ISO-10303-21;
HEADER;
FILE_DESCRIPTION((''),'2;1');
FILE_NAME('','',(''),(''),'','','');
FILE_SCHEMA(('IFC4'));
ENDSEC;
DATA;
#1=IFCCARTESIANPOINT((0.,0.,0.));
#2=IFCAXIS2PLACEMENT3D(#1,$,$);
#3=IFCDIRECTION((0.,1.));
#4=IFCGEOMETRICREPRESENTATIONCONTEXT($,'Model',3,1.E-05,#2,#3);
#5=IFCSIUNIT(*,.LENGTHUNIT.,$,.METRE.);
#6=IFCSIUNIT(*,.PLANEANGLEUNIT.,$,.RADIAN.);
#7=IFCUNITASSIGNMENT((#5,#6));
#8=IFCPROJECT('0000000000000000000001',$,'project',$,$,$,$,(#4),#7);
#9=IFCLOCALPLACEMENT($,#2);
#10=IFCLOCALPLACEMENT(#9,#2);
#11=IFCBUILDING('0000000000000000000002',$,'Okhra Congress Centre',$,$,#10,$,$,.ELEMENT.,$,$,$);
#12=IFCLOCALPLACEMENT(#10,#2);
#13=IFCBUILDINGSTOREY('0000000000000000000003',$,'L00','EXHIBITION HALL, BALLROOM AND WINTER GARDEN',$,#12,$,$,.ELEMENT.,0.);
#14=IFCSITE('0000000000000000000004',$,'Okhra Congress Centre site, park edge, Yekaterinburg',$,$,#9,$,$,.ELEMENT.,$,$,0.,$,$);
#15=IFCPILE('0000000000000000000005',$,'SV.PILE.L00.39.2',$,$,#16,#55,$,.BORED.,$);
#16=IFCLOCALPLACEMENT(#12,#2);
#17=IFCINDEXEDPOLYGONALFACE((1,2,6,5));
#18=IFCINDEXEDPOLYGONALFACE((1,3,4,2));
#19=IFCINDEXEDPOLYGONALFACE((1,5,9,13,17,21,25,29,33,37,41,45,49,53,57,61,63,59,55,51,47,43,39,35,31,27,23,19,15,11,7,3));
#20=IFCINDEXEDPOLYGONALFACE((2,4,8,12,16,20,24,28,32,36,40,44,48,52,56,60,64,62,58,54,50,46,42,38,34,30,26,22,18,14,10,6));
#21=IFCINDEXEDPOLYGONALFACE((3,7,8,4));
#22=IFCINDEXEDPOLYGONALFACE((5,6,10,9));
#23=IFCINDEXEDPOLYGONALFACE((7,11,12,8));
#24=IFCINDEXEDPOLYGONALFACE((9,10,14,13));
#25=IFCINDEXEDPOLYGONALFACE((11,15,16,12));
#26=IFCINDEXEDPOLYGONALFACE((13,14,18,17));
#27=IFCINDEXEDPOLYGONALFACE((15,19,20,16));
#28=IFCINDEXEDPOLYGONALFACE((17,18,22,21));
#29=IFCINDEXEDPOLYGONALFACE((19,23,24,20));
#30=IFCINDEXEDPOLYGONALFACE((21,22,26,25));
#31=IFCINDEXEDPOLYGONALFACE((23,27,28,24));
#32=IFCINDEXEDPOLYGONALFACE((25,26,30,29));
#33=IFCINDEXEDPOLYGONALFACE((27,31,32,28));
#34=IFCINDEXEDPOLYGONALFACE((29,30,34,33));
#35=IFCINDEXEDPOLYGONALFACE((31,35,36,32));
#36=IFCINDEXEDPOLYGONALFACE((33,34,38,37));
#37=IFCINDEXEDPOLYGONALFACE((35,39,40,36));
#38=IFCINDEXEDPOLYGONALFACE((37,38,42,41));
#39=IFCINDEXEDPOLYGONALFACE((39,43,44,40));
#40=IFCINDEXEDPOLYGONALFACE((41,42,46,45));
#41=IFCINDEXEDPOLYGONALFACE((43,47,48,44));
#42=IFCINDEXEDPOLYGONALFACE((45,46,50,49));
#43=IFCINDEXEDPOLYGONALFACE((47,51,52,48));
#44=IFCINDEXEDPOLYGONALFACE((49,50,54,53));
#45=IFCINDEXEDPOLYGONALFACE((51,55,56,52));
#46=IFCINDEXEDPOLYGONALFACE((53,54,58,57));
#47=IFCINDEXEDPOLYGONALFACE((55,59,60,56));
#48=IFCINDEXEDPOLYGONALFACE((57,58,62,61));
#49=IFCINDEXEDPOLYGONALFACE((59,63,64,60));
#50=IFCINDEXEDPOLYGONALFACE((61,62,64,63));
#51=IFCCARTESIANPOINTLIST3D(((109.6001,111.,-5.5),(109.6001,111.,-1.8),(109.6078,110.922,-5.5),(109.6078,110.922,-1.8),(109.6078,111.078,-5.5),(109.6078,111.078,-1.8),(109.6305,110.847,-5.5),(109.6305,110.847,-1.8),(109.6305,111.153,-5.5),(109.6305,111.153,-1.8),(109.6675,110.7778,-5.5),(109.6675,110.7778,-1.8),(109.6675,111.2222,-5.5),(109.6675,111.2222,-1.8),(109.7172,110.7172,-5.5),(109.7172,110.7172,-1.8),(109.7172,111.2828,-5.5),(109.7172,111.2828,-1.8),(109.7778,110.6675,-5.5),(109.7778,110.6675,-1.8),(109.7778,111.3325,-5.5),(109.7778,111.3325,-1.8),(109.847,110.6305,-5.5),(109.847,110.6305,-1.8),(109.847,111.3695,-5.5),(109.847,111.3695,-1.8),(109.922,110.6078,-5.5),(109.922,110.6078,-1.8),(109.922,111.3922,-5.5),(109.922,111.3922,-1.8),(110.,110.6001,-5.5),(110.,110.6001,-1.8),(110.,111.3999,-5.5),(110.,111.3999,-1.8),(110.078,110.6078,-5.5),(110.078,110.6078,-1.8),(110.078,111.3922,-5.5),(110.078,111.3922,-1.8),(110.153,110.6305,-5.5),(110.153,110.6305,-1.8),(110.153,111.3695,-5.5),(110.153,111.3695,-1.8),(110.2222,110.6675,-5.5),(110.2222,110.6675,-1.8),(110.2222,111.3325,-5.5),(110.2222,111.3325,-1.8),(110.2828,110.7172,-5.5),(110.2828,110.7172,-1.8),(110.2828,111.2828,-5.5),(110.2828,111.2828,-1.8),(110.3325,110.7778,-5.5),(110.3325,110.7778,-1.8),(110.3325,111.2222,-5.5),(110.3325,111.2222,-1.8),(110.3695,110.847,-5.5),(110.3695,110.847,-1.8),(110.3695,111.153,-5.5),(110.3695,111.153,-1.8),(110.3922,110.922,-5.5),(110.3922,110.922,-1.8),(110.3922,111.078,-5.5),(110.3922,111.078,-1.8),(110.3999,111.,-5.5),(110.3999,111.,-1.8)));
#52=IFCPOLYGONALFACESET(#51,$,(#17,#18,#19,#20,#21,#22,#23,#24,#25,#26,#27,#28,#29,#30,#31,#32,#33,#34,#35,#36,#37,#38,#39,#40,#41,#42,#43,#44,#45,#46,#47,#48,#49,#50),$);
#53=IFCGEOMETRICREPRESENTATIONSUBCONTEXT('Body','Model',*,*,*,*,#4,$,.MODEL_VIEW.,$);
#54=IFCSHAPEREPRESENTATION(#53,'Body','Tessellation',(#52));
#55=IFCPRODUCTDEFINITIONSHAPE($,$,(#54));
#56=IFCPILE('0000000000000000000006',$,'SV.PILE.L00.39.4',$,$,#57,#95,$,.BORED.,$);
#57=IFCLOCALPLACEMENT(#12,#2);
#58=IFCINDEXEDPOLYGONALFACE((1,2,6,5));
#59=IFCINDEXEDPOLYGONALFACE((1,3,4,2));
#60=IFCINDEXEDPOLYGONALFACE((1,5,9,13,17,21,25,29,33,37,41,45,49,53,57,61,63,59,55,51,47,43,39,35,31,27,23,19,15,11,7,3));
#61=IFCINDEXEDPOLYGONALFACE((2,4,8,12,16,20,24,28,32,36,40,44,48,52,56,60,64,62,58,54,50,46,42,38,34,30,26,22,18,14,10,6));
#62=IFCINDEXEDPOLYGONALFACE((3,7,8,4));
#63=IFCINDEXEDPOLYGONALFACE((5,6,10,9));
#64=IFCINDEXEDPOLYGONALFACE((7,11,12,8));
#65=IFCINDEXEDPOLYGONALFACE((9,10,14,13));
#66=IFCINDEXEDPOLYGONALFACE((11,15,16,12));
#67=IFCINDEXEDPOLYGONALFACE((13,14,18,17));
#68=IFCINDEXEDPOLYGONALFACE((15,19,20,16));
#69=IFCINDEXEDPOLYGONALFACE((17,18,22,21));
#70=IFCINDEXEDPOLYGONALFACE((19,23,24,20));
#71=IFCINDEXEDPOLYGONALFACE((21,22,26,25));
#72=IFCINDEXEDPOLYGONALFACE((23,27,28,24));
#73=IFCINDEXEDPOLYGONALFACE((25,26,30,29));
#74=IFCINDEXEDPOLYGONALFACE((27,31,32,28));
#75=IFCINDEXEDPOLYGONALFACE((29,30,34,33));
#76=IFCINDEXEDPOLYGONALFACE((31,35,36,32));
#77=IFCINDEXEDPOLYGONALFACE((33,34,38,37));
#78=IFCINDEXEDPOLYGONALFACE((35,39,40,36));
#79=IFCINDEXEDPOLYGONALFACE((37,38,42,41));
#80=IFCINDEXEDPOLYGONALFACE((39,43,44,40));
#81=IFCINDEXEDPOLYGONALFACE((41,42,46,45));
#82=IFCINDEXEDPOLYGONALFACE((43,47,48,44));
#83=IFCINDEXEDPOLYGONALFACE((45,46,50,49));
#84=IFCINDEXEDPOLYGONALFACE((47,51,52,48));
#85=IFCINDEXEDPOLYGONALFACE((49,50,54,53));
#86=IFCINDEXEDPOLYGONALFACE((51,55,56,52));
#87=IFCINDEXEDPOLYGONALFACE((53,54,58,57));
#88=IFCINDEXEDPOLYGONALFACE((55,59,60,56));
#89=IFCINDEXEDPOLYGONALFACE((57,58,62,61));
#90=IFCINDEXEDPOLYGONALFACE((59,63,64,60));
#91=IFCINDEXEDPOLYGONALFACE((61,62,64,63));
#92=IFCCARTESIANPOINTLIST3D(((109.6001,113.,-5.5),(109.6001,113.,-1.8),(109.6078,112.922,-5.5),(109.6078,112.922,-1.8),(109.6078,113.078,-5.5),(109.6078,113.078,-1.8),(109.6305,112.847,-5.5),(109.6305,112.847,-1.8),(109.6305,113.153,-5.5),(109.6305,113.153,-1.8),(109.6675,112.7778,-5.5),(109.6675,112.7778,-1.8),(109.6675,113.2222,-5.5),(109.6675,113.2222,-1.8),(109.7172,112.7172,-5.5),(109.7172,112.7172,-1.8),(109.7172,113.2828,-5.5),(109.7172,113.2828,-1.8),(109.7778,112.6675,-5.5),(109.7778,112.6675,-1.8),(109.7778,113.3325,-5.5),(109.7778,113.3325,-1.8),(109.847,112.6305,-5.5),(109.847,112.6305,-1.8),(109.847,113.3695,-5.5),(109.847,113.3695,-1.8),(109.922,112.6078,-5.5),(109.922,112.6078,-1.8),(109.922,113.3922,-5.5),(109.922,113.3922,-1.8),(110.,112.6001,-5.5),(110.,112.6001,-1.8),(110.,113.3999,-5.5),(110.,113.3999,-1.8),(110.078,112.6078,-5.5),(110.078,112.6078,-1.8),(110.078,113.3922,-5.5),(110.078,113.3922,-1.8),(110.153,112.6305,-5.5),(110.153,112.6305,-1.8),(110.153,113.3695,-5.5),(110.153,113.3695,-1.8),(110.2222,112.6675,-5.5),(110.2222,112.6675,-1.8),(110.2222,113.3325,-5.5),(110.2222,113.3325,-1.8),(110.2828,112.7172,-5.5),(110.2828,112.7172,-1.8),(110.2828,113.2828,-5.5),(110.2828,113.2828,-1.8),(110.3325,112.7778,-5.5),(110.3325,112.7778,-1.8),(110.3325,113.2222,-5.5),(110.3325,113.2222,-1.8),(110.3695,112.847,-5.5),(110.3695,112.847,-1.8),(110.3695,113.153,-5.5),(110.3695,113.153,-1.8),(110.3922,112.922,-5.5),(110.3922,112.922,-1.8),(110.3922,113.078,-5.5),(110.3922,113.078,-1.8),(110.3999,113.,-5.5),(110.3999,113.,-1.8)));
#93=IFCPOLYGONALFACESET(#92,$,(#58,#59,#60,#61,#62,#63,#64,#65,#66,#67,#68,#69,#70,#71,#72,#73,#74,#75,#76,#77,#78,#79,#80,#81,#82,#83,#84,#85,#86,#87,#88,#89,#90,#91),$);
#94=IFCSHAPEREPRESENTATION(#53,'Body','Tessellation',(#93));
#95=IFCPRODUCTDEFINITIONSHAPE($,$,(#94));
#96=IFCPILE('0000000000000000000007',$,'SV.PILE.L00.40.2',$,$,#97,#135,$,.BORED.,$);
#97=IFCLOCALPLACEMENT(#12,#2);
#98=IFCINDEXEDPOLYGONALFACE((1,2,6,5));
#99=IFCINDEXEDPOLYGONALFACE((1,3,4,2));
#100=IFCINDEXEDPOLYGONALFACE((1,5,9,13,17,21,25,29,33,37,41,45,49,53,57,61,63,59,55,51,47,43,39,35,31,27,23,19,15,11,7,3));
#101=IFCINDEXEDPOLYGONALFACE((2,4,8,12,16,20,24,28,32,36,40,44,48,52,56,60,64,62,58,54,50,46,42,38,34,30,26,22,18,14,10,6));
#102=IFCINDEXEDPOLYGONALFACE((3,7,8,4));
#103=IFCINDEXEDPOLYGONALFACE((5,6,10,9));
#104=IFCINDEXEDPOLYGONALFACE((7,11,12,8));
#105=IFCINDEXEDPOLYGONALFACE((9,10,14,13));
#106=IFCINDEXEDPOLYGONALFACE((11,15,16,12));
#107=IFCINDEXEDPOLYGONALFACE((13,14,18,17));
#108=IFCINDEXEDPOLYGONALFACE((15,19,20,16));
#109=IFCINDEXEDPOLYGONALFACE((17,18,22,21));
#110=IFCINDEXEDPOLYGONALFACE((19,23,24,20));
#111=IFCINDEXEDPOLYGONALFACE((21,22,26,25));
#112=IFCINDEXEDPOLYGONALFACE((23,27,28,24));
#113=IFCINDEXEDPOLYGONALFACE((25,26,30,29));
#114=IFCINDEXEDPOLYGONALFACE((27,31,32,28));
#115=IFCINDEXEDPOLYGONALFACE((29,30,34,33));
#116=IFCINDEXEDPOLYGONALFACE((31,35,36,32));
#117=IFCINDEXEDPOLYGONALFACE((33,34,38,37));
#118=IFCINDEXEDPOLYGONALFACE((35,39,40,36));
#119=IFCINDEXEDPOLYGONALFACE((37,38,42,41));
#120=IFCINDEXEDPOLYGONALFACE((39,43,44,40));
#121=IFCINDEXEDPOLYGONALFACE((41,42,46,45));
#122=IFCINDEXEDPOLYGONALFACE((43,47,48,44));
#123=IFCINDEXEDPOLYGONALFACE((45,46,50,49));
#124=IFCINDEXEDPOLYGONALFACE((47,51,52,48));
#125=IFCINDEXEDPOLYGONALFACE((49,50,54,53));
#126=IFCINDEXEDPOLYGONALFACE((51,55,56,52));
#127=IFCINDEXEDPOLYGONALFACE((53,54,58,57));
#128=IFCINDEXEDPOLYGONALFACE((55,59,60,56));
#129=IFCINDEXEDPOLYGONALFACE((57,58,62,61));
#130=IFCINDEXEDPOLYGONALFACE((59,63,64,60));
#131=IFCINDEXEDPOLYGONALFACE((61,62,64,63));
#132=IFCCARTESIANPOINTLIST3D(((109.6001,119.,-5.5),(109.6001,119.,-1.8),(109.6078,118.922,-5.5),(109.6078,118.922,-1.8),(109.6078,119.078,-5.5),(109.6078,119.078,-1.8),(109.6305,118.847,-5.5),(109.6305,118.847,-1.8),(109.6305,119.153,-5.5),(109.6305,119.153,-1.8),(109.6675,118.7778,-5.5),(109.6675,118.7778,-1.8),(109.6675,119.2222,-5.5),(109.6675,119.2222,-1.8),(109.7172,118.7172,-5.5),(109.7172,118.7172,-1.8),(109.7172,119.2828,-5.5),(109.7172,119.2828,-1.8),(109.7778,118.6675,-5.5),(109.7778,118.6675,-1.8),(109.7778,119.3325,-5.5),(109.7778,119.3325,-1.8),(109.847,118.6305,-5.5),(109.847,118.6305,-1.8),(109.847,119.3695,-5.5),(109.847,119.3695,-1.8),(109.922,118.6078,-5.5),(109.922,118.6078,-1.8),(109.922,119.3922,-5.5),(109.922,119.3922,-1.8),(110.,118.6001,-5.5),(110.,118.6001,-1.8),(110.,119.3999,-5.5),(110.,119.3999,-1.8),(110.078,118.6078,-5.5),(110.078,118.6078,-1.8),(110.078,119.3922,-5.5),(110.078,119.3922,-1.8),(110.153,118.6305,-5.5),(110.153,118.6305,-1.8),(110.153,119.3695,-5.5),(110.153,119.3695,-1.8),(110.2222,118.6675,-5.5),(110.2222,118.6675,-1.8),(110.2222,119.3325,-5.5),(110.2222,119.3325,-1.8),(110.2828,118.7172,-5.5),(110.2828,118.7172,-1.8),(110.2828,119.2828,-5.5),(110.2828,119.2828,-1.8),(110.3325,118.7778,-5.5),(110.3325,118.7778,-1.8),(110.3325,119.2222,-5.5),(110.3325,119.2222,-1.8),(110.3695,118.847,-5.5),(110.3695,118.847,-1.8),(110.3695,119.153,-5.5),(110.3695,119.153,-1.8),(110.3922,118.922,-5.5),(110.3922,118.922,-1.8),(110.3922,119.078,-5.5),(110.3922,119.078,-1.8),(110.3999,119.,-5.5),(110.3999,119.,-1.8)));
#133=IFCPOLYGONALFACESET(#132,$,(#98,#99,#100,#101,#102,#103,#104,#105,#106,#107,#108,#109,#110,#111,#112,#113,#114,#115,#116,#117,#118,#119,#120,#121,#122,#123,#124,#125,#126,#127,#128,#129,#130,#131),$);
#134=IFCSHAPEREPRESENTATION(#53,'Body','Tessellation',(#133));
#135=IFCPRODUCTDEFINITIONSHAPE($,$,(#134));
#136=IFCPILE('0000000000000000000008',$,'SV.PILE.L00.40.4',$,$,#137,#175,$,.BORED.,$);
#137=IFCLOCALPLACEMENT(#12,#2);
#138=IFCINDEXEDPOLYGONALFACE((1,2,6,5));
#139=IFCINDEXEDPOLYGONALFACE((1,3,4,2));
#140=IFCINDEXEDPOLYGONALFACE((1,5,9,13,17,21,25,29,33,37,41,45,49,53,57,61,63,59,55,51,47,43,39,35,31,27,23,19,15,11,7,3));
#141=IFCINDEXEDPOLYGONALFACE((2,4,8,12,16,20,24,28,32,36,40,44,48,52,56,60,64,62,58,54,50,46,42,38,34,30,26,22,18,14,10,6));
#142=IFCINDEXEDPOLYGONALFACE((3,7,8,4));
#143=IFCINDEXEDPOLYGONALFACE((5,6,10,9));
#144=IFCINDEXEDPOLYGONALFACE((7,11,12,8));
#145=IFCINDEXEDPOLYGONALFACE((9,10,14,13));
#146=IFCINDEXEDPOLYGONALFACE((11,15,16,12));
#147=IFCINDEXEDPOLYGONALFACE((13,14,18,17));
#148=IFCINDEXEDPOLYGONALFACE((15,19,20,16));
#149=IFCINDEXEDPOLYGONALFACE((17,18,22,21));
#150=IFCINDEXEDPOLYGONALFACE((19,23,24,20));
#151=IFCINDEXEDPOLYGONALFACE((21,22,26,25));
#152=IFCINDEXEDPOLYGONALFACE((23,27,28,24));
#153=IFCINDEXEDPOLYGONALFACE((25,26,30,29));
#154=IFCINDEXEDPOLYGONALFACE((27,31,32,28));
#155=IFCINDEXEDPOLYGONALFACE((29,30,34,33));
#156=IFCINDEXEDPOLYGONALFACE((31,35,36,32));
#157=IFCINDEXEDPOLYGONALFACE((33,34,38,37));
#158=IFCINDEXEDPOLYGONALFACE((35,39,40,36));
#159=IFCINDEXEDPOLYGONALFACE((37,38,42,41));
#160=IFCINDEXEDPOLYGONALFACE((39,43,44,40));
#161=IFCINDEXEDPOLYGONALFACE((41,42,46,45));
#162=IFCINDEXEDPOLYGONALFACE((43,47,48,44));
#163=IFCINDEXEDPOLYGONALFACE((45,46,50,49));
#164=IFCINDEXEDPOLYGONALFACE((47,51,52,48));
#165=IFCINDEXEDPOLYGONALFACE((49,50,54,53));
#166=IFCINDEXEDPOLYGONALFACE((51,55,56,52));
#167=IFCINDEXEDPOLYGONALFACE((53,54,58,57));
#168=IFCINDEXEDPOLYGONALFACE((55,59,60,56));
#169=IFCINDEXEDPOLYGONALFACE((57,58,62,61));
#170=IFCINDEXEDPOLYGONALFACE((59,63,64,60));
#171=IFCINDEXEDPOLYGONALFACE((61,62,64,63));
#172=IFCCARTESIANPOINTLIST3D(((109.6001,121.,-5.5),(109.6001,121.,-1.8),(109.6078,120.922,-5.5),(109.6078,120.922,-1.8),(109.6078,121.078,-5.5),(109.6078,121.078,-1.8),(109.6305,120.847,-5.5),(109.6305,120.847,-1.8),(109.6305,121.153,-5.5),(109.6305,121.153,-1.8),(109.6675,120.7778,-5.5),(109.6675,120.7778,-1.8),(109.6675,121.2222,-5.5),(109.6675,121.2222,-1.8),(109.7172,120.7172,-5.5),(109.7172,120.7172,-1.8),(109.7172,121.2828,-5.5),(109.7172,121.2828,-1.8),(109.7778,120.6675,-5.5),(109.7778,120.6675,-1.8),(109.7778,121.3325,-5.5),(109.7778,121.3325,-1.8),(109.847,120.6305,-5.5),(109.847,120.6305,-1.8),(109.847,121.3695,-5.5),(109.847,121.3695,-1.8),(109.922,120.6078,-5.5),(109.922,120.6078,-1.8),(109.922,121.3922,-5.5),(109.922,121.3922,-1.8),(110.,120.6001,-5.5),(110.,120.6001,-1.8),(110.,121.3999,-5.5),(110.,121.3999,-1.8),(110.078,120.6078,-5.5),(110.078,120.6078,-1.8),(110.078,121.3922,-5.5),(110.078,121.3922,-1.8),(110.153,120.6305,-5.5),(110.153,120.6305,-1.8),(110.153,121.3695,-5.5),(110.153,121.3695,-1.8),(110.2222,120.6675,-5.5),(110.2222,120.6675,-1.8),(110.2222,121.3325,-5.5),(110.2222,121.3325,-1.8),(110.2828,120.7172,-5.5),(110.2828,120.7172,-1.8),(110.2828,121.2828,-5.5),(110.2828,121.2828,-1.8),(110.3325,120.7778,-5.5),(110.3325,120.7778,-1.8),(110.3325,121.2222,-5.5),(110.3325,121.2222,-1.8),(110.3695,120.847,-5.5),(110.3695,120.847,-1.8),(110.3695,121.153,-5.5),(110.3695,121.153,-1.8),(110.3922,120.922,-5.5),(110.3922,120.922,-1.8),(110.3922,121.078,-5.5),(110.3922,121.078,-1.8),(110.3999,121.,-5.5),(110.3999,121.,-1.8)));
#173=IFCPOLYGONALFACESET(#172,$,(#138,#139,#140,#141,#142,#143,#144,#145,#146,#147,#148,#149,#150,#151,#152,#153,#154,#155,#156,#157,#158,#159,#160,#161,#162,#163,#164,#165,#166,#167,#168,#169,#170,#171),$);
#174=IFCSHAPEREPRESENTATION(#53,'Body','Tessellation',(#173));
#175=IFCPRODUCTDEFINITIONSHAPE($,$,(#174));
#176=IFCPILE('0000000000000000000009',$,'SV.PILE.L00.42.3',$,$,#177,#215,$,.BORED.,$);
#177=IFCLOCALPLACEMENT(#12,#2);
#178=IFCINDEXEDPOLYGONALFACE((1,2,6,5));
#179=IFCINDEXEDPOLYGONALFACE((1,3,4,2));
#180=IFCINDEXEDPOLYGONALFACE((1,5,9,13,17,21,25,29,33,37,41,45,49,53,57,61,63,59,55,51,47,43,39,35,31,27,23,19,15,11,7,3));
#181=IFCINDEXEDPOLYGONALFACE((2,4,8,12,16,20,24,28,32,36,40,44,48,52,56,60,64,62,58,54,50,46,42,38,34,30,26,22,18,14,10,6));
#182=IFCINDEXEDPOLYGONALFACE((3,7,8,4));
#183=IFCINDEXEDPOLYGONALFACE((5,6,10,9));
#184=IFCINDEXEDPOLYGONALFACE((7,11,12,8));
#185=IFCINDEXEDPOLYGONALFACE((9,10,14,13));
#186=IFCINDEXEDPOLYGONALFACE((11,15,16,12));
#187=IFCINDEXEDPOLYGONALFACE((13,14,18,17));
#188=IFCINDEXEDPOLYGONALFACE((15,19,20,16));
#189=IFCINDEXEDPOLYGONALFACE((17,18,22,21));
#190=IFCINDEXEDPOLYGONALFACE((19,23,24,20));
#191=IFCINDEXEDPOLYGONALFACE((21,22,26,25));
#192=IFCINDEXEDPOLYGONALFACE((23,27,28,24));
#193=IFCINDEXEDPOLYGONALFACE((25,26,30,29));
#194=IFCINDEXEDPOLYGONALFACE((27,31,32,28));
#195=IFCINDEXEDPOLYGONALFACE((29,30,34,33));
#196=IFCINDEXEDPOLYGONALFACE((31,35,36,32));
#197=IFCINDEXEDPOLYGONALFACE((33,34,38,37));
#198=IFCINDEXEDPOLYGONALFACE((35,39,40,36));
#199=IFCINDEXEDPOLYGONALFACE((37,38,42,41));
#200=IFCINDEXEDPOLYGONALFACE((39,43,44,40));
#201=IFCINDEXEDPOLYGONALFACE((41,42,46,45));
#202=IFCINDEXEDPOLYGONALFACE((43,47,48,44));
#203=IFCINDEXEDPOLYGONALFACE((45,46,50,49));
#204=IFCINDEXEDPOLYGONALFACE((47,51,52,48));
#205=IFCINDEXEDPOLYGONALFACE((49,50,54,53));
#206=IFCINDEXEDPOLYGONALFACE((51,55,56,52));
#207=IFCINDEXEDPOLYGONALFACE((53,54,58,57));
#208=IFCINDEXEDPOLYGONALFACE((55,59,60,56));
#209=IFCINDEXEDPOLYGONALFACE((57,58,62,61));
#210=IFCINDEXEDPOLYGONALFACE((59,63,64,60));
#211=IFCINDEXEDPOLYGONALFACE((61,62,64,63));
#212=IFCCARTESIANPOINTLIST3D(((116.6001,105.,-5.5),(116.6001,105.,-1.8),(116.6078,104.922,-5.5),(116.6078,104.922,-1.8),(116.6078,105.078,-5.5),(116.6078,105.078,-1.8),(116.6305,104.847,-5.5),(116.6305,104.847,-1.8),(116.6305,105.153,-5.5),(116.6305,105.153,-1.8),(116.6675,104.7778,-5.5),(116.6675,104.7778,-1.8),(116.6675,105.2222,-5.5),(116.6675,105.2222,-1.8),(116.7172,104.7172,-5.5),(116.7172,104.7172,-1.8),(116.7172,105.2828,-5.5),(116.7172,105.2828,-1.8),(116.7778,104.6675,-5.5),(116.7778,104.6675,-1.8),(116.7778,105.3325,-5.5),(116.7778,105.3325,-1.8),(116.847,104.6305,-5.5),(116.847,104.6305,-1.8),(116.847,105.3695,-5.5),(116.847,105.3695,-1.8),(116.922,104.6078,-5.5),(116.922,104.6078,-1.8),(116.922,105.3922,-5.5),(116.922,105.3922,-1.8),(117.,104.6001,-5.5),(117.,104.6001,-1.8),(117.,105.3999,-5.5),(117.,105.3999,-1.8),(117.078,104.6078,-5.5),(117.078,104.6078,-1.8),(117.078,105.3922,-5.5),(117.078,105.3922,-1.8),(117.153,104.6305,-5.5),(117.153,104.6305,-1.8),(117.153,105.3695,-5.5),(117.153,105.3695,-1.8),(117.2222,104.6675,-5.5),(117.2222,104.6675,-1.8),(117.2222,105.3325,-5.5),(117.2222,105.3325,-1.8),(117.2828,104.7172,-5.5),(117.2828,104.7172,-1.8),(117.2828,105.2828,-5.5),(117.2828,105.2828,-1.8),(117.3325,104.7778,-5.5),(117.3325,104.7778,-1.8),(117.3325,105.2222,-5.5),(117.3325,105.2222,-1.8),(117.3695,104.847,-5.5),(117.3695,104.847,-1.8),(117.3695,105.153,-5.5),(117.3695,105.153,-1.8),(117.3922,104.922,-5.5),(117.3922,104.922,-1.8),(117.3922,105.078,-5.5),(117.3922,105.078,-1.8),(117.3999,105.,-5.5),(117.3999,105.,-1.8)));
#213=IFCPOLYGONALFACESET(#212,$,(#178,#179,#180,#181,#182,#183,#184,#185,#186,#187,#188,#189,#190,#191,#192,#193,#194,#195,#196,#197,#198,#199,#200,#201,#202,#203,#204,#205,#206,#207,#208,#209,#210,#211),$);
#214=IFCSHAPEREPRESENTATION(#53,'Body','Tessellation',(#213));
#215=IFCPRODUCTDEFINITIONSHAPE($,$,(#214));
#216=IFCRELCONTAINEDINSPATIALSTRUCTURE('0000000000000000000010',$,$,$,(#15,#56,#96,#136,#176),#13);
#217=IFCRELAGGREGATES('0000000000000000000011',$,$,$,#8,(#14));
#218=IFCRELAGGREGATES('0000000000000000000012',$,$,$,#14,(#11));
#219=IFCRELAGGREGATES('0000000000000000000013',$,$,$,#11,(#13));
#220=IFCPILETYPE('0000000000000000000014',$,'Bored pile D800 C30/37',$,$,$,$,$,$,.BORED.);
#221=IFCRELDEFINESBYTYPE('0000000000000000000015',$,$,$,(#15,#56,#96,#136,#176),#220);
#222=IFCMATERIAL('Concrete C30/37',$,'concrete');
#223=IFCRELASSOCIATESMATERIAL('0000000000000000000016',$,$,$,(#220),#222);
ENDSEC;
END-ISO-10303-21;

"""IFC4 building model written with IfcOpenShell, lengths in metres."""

from ifc_helpers import new_model, si_unit, direction, frame, origin, origin_2d, place, context, subcontext, project, spatial, circle, extrude, material, material_profile, profile_set, type_object, element, save


model = new_model("IFC4")

# Units and contexts
model_context = context("Model", 3, precision=1e-05, world=origin(), true_north=direction((0.0, 1.0)))
body_context = subcontext(model_context, "Body", "Model", "MODEL_VIEW")
ifc_project = project(units=[si_unit("LENGTHUNIT", "METRE"), si_unit("PLANEANGLEUNIT", "RADIAN")], contexts=[model_context])

# Site, building, storey
site_placement = place(None, origin())
site = spatial("IfcSite", under=ifc_project, at=site_placement, Name="Okhra Congress Centre site, park edge, Yekaterinburg", CompositionType="ELEMENT", RefElevation=0.0)
building_placement = place(site_placement, origin())
building = spatial("IfcBuilding", under=site, at=building_placement, Name="Okhra Congress Centre", CompositionType="ELEMENT")
storey_placement = place(building_placement, origin())
storey = spatial("IfcBuildingStorey", under=building, at=storey_placement, Name="L00", Description="EXHIBITION HALL, BALLROOM AND WINTER GARDEN", CompositionType="ELEMENT", Elevation=0.0)

# Piles
ifc_material_1 = material(Name="Concrete C30/37", Category="concrete")
ifc_material_profile_1 = material_profile(ifc_material_1, circle(Radius=0.3999, at=origin_2d()), Name="D800")
ifc_profile_set_1 = profile_set([ifc_material_profile_1], Name="Concrete C30/37")
pile_type_1 = type_object("IfcPileType", Name="Bored pile D800 C30/37", PredefinedType="BORED", material=ifc_profile_set_1)
for number, where, z_axis, x_axis, name in (
    (1, (110.0, 111.0, -1.8), (0.0, 0.0, -1.0), (1.0, 0.0, 0.0), "SV.PILE.L00.39.2"),
    (2, (110.0, 113.0, -1.8), (0.0, 0.0, -1.0), (1.0, 0.0, 0.0), "SV.PILE.L00.39.4"),
    (3, (110.0, 119.0, -1.8), (0.0, 0.0, -1.0), (1.0, 0.0, 0.0), "SV.PILE.L00.40.2"),
    (4, (110.0, 121.0, -1.8), (0.0, 0.0, -1.0), (1.0, 0.0, 0.0), "SV.PILE.L00.40.4"),
    (5, (117.0, 105.0, -1.8), (0.0, 0.0, -1.0), (1.0, 0.0, 0.0), "SV.PILE.L00.42.3"),
):
    element("IfcPile", number, at=place(storey_placement, frame(where, z_axis=z_axis, x_axis=x_axis)), inside=storey, type_object=pile_type_1, Name=name, PredefinedType="BORED", context=body_context, shape_type="SweptSolid", body=[
        extrude(circle(Radius=0.3999, at=origin_2d()), origin(), (0.0, 0.0, 1.0), 3.7),
    ])

save(model, "model.ifc")
